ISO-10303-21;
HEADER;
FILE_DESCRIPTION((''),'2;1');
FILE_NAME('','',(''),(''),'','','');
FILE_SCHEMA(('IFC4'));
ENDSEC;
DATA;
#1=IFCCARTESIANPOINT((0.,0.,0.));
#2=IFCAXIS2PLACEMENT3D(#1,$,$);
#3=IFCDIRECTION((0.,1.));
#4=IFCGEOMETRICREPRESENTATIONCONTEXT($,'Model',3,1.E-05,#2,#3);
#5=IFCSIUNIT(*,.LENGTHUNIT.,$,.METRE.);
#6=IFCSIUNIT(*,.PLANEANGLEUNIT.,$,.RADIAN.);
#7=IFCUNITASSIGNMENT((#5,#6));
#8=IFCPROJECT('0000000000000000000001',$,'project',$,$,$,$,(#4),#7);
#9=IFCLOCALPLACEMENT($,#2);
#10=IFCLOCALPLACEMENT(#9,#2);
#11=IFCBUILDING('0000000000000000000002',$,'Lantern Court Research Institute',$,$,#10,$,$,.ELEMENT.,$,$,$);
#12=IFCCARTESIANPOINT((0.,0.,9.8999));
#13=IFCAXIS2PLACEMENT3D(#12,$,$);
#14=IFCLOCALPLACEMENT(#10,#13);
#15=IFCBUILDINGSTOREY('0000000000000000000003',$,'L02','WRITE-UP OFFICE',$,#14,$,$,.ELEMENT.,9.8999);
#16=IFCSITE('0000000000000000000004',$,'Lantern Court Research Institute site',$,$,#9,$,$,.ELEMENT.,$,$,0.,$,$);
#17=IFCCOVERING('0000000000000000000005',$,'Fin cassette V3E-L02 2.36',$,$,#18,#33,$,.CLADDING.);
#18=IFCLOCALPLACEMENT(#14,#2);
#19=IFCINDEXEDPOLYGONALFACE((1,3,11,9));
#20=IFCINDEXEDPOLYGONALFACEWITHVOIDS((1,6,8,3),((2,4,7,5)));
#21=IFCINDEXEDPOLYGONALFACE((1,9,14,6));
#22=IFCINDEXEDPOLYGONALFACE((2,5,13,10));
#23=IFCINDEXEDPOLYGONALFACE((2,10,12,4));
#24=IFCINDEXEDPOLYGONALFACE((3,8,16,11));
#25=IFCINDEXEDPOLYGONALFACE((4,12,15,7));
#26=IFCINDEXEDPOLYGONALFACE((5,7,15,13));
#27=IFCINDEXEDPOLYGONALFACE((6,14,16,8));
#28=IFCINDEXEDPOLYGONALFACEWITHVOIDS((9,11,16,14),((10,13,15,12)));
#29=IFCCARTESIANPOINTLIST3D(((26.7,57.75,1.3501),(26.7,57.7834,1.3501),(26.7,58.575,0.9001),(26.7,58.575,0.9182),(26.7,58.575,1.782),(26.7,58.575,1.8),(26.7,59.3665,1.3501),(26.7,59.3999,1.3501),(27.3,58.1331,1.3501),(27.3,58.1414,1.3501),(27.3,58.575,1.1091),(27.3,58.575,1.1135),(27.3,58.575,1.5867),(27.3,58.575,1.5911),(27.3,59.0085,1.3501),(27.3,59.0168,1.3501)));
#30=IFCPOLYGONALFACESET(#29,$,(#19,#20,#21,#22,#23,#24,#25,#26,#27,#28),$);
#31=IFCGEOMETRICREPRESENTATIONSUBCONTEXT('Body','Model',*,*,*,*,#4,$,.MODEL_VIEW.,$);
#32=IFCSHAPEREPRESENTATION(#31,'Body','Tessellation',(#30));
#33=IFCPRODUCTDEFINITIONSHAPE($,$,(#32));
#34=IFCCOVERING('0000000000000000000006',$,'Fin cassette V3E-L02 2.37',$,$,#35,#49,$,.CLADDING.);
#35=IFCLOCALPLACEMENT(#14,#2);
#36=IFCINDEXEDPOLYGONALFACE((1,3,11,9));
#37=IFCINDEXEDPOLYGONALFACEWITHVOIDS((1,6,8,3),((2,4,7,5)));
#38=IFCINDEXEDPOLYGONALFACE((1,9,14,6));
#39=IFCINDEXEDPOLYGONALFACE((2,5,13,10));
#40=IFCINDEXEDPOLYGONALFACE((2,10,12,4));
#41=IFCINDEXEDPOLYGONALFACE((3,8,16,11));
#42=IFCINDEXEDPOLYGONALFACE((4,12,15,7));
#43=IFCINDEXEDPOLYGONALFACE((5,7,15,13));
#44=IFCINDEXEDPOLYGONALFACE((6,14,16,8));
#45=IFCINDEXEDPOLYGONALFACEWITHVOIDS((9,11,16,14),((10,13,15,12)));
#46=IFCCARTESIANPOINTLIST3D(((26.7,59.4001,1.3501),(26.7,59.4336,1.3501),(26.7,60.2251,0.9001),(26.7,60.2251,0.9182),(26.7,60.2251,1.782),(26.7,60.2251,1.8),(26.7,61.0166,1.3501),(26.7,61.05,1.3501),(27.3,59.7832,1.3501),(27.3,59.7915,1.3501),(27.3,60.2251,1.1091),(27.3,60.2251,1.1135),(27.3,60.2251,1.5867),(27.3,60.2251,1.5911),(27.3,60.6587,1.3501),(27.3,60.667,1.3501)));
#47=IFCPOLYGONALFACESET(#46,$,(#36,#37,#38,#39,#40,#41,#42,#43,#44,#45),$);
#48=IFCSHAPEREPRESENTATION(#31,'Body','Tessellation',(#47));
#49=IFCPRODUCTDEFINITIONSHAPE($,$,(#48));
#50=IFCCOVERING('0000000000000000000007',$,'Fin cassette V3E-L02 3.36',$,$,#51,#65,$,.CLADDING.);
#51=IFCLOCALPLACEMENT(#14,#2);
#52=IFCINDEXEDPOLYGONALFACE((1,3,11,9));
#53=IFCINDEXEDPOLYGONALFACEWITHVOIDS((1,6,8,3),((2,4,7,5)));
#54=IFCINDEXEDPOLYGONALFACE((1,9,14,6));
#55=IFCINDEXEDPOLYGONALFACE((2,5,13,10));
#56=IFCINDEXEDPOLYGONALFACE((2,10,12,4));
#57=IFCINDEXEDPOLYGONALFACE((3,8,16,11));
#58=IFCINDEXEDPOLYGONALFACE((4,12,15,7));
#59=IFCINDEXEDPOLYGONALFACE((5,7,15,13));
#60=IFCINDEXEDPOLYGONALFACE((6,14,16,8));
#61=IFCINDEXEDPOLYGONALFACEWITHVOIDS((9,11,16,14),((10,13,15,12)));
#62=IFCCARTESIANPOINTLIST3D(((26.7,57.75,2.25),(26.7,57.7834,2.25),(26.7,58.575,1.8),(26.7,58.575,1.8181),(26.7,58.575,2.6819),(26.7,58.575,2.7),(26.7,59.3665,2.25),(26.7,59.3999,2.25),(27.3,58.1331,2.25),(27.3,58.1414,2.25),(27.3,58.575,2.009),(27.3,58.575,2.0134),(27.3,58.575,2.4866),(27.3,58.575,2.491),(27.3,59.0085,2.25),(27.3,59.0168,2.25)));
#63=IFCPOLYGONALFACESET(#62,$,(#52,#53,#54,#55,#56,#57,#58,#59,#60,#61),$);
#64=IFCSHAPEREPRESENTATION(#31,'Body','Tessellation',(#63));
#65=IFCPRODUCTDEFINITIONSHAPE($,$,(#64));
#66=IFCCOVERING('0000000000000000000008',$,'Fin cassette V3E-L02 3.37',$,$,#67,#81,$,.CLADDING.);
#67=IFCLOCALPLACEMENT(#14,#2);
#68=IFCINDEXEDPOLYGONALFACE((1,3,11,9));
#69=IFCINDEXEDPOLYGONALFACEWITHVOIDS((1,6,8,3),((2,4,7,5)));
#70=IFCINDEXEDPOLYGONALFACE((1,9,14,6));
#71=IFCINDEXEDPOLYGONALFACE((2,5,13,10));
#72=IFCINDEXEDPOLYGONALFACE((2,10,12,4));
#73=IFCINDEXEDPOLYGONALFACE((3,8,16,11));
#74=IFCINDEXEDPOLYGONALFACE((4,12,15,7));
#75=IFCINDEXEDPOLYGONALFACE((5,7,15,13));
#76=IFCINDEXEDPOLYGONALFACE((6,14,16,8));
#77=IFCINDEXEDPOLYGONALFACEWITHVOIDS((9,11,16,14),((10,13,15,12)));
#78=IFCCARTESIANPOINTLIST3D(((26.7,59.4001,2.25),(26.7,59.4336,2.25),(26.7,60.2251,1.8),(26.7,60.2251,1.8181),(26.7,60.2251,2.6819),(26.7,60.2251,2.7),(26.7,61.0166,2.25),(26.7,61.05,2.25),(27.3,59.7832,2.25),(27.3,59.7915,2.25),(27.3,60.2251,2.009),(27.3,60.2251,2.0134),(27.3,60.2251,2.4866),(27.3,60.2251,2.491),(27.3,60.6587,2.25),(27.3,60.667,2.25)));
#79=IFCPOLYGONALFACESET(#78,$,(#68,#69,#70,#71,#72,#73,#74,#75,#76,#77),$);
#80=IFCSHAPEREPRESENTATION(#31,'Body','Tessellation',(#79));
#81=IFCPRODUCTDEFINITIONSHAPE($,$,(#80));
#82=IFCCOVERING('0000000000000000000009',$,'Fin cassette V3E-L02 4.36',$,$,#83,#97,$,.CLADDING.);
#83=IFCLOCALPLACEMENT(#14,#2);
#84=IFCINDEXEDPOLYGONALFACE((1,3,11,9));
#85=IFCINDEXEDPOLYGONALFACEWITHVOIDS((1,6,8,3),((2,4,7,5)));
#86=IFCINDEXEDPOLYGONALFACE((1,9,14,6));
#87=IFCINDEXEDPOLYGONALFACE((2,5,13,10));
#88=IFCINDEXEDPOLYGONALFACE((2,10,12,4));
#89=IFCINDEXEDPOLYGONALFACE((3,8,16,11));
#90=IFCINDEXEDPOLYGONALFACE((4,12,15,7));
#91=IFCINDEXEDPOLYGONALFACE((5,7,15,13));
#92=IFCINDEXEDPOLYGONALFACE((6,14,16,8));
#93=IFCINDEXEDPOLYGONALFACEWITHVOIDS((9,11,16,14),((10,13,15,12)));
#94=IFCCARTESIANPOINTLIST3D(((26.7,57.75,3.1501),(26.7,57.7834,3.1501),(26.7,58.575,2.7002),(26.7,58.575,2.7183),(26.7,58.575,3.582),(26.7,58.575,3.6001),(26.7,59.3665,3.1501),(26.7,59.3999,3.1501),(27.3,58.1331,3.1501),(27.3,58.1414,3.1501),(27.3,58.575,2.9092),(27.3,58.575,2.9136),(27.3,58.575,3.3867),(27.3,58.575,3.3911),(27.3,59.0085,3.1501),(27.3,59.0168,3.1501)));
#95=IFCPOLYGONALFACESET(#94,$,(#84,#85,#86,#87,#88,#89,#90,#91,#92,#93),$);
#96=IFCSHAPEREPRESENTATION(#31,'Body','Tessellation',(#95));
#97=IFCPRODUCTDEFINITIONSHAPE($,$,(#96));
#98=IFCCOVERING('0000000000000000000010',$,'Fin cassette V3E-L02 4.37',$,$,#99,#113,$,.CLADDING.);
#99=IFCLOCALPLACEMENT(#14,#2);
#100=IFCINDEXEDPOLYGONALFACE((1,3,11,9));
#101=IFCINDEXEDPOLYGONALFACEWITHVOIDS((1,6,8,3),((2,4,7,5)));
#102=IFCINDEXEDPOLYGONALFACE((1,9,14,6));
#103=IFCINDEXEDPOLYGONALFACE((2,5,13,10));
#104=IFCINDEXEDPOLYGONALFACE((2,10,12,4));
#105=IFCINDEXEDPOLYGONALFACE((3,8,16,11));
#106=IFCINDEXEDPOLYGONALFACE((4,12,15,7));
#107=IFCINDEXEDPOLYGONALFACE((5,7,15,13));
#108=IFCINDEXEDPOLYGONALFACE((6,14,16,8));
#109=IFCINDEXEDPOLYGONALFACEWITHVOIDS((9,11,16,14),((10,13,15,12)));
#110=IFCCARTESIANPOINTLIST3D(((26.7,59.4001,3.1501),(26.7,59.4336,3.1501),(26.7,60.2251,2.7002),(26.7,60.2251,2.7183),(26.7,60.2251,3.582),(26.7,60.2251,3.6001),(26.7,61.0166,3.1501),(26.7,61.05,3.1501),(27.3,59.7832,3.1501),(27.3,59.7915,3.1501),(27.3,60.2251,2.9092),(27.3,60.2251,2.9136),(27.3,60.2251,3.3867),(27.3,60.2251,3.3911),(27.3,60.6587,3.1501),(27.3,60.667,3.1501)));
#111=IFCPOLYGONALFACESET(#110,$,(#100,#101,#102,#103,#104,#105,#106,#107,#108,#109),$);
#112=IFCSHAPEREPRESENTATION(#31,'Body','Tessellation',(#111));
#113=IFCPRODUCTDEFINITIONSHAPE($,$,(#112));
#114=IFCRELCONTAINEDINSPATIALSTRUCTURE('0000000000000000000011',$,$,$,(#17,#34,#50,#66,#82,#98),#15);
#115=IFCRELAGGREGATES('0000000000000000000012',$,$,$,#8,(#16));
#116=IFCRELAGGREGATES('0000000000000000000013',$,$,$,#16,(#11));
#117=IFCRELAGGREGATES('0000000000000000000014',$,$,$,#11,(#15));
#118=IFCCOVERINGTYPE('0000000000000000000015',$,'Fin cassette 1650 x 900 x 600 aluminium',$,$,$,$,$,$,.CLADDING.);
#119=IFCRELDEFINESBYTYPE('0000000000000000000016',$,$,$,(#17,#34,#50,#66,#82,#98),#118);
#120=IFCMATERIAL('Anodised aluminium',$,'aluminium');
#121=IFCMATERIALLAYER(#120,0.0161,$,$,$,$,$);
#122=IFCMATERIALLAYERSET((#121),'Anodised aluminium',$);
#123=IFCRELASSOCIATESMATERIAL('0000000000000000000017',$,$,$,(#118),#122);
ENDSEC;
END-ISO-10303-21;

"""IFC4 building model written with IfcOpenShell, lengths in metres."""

from ifc_helpers import new_model, entity, si_unit, direction, frame, origin, place, context, subcontext, project, spatial, material, layer, layer_set, type_object, element, save


model = new_model("IFC4")

# Units and contexts
model_context = context("Model", 3, precision=1e-05, world=origin(), true_north=direction((0.0, 1.0)))
body_context = subcontext(model_context, "Body", "Model", "MODEL_VIEW")
ifc_project = project(units=[si_unit("LENGTHUNIT", "METRE"), si_unit("PLANEANGLEUNIT", "RADIAN")], contexts=[model_context])

# Site, building, storey
site_placement = place(None, origin())
site = spatial("IfcSite", under=ifc_project, at=site_placement, Name="Lantern Court Research Institute site", CompositionType="ELEMENT", RefElevation=0.0)
building_placement = place(site_placement, origin())
building = spatial("IfcBuilding", under=site, at=building_placement, Name="Lantern Court Research Institute", CompositionType="ELEMENT")
storey_placement = place(building_placement, frame((0.0, 0.0, 9.8999)))
storey = spatial("IfcBuildingStorey", under=building, at=storey_placement, Name="L02", Description="WRITE-UP OFFICE", CompositionType="ELEMENT", Elevation=9.8999)

# Coverings
ifc_material_1 = material(Name="Anodised aluminium", Category="aluminium")
ifc_layer_1 = layer(ifc_material_1, 0.0161)
ifc_layer_set_1 = layer_set([ifc_layer_1], Name="Anodised aluminium")
covering_type_1 = type_object("IfcCoveringType", Name="Fin cassette 1650 x 900 x 600 aluminium", PredefinedType="CLADDING", material=ifc_layer_set_1)
covering_1_placement = place(storey_placement, frame((26.7, 58.575, 1.3501), z_axis=(1.0, 0.0, 0.0), x_axis=(0.0, 1.0, 0.0)))
cartesian_point_1 = entity("IfcCartesianPoint", [0.825, 0.0])
cartesian_point_2 = entity("IfcCartesianPoint", [0.7915, 0.0])
cartesian_point_3 = entity("IfcCartesianPoint", [0.4419, 0.0])
cartesian_point_4 = entity("IfcCartesianPoint", [0.4336, 0.0])
element("IfcCovering", 1, at=covering_1_placement, inside=storey, type_object=covering_type_1, Name="Fin cassette V3E-L02 2.36", PredefinedType="CLADDING", context=body_context, shape_type="SweptSolid", body=[
    entity("IfcExtrudedAreaSolidTapered", entity("IfcArbitraryProfileDefWithVoids", "AREA", None, entity("IfcPolyline", [cartesian_point_1, entity("IfcCartesianPoint", [0.0, 0.45]), entity("IfcCartesianPoint", [-0.825, 0.0]), entity("IfcCartesianPoint", [0.0, -0.45]), cartesian_point_1]), [entity("IfcPolyline", [cartesian_point_2, entity("IfcCartesianPoint", [0.0, 0.4319]), entity("IfcCartesianPoint", [-0.7915, 0.0]), entity("IfcCartesianPoint", [0.0, -0.4319]), cartesian_point_2])]), entity("IfcAxis2Placement3D", entity("IfcCartesianPoint", [0.0, 0.0, 0.0])), entity("IfcDirection", [0.0, 0.0, 1.0]), 0.6001, entity("IfcArbitraryProfileDefWithVoids", "AREA", None, entity("IfcPolyline", [cartesian_point_3, entity("IfcCartesianPoint", [0.0, 0.241]), entity("IfcCartesianPoint", [-0.4419, 0.0]), entity("IfcCartesianPoint", [0.0, -0.241]), cartesian_point_3]), [entity("IfcPolyline", [cartesian_point_4, entity("IfcCartesianPoint", [0.0, 0.2366]), entity("IfcCartesianPoint", [-0.4336, 0.0]), entity("IfcCartesianPoint", [0.0, -0.2366]), cartesian_point_4])])),
])
covering_2_placement = place(storey_placement, frame((26.7, 60.2251, 1.3501), z_axis=(1.0, 0.0, 0.0), x_axis=(0.0, 1.0, 0.0)))
cartesian_point_5 = entity("IfcCartesianPoint", [0.825, 0.0])
cartesian_point_6 = entity("IfcCartesianPoint", [0.7915, 0.0])
cartesian_point_7 = entity("IfcCartesianPoint", [0.4419, 0.0])
cartesian_point_8 = entity("IfcCartesianPoint", [0.4336, 0.0])
element("IfcCovering", 2, at=covering_2_placement, inside=storey, type_object=covering_type_1, Name="Fin cassette V3E-L02 2.37", PredefinedType="CLADDING", context=body_context, shape_type="SweptSolid", body=[
    entity("IfcExtrudedAreaSolidTapered", entity("IfcArbitraryProfileDefWithVoids", "AREA", None, entity("IfcPolyline", [cartesian_point_5, entity("IfcCartesianPoint", [0.0, 0.45]), entity("IfcCartesianPoint", [-0.825, 0.0]), entity("IfcCartesianPoint", [0.0, -0.45]), cartesian_point_5]), [entity("IfcPolyline", [cartesian_point_6, entity("IfcCartesianPoint", [0.0, 0.4319]), entity("IfcCartesianPoint", [-0.7915, 0.0]), entity("IfcCartesianPoint", [0.0, -0.4319]), cartesian_point_6])]), entity("IfcAxis2Placement3D", entity("IfcCartesianPoint", [0.0, 0.0, 0.0])), entity("IfcDirection", [0.0, 0.0, 1.0]), 0.6001, entity("IfcArbitraryProfileDefWithVoids", "AREA", None, entity("IfcPolyline", [cartesian_point_7, entity("IfcCartesianPoint", [0.0, 0.241]), entity("IfcCartesianPoint", [-0.4419, 0.0]), entity("IfcCartesianPoint", [0.0, -0.241]), cartesian_point_7]), [entity("IfcPolyline", [cartesian_point_8, entity("IfcCartesianPoint", [0.0, 0.2366]), entity("IfcCartesianPoint", [-0.4336, 0.0]), entity("IfcCartesianPoint", [0.0, -0.2366]), cartesian_point_8])])),
])
covering_3_placement = place(storey_placement, frame((26.7, 58.575, 2.25), z_axis=(1.0, 0.0, 0.0), x_axis=(0.0, 1.0, 0.0)))
cartesian_point_9 = entity("IfcCartesianPoint", [0.825, 0.0])
cartesian_point_10 = entity("IfcCartesianPoint", [0.7915, 0.0])
cartesian_point_11 = entity("IfcCartesianPoint", [0.4419, 0.0])
cartesian_point_12 = entity("IfcCartesianPoint", [0.4336, 0.0])
element("IfcCovering", 3, at=covering_3_placement, inside=storey, type_object=covering_type_1, Name="Fin cassette V3E-L02 3.36", PredefinedType="CLADDING", context=body_context, shape_type="SweptSolid", body=[
    entity("IfcExtrudedAreaSolidTapered", entity("IfcArbitraryProfileDefWithVoids", "AREA", None, entity("IfcPolyline", [cartesian_point_9, entity("IfcCartesianPoint", [0.0, 0.45]), entity("IfcCartesianPoint", [-0.825, 0.0]), entity("IfcCartesianPoint", [0.0, -0.45]), cartesian_point_9]), [entity("IfcPolyline", [cartesian_point_10, entity("IfcCartesianPoint", [0.0, 0.4319]), entity("IfcCartesianPoint", [-0.7915, 0.0]), entity("IfcCartesianPoint", [0.0, -0.4319]), cartesian_point_10])]), entity("IfcAxis2Placement3D", entity("IfcCartesianPoint", [0.0, 0.0, 0.0])), entity("IfcDirection", [0.0, 0.0, 1.0]), 0.6001, entity("IfcArbitraryProfileDefWithVoids", "AREA", None, entity("IfcPolyline", [cartesian_point_11, entity("IfcCartesianPoint", [0.0, 0.241]), entity("IfcCartesianPoint", [-0.4419, 0.0]), entity("IfcCartesianPoint", [0.0, -0.241]), cartesian_point_11]), [entity("IfcPolyline", [cartesian_point_12, entity("IfcCartesianPoint", [0.0, 0.2366]), entity("IfcCartesianPoint", [-0.4336, 0.0]), entity("IfcCartesianPoint", [0.0, -0.2366]), cartesian_point_12])])),
])
covering_4_placement = place(storey_placement, frame((26.7, 60.2251, 2.25), z_axis=(1.0, 0.0, 0.0), x_axis=(0.0, 1.0, 0.0)))
cartesian_point_13 = entity("IfcCartesianPoint", [0.825, 0.0])
cartesian_point_14 = entity("IfcCartesianPoint", [0.7915, 0.0])
cartesian_point_15 = entity("IfcCartesianPoint", [0.4419, 0.0])
cartesian_point_16 = entity("IfcCartesianPoint", [0.4336, 0.0])
element("IfcCovering", 4, at=covering_4_placement, inside=storey, type_object=covering_type_1, Name="Fin cassette V3E-L02 3.37", PredefinedType="CLADDING", context=body_context, shape_type="SweptSolid", body=[
    entity("IfcExtrudedAreaSolidTapered", entity("IfcArbitraryProfileDefWithVoids", "AREA", None, entity("IfcPolyline", [cartesian_point_13, entity("IfcCartesianPoint", [0.0, 0.45]), entity("IfcCartesianPoint", [-0.825, 0.0]), entity("IfcCartesianPoint", [0.0, -0.45]), cartesian_point_13]), [entity("IfcPolyline", [cartesian_point_14, entity("IfcCartesianPoint", [0.0, 0.4319]), entity("IfcCartesianPoint", [-0.7915, 0.0]), entity("IfcCartesianPoint", [0.0, -0.4319]), cartesian_point_14])]), entity("IfcAxis2Placement3D", entity("IfcCartesianPoint", [0.0, 0.0, 0.0])), entity("IfcDirection", [0.0, 0.0, 1.0]), 0.6001, entity("IfcArbitraryProfileDefWithVoids", "AREA", None, entity("IfcPolyline", [cartesian_point_15, entity("IfcCartesianPoint", [0.0, 0.241]), entity("IfcCartesianPoint", [-0.4419, 0.0]), entity("IfcCartesianPoint", [0.0, -0.241]), cartesian_point_15]), [entity("IfcPolyline", [cartesian_point_16, entity("IfcCartesianPoint", [0.0, 0.2366]), entity("IfcCartesianPoint", [-0.4336, 0.0]), entity("IfcCartesianPoint", [0.0, -0.2366]), cartesian_point_16])])),
])
covering_5_placement = place(storey_placement, frame((26.7, 58.575, 3.1501), z_axis=(1.0, 0.0, 0.0), x_axis=(0.0, 1.0, 0.0)))
cartesian_point_17 = entity("IfcCartesianPoint", [0.825, 0.0])
cartesian_point_18 = entity("IfcCartesianPoint", [0.7915, 0.0])
cartesian_point_19 = entity("IfcCartesianPoint", [0.4419, 0.0])
cartesian_point_20 = entity("IfcCartesianPoint", [0.4336, 0.0])
element("IfcCovering", 5, at=covering_5_placement, inside=storey, type_object=covering_type_1, Name="Fin cassette V3E-L02 4.36", PredefinedType="CLADDING", context=body_context, shape_type="SweptSolid", body=[
    entity("IfcExtrudedAreaSolidTapered", entity("IfcArbitraryProfileDefWithVoids", "AREA", None, entity("IfcPolyline", [cartesian_point_17, entity("IfcCartesianPoint", [0.0, 0.45]), entity("IfcCartesianPoint", [-0.825, 0.0]), entity("IfcCartesianPoint", [0.0, -0.45]), cartesian_point_17]), [entity("IfcPolyline", [cartesian_point_18, entity("IfcCartesianPoint", [0.0, 0.4319]), entity("IfcCartesianPoint", [-0.7915, 0.0]), entity("IfcCartesianPoint", [0.0, -0.4319]), cartesian_point_18])]), entity("IfcAxis2Placement3D", entity("IfcCartesianPoint", [0.0, 0.0, 0.0])), entity("IfcDirection", [0.0, 0.0, 1.0]), 0.6001, entity("IfcArbitraryProfileDefWithVoids", "AREA", None, entity("IfcPolyline", [cartesian_point_19, entity("IfcCartesianPoint", [0.0, 0.241]), entity("IfcCartesianPoint", [-0.4419, 0.0]), entity("IfcCartesianPoint", [0.0, -0.241]), cartesian_point_19]), [entity("IfcPolyline", [cartesian_point_20, entity("IfcCartesianPoint", [0.0, 0.2366]), entity("IfcCartesianPoint", [-0.4336, 0.0]), entity("IfcCartesianPoint", [0.0, -0.2366]), cartesian_point_20])])),
])
covering_6_placement = place(storey_placement, frame((26.7, 60.2251, 3.1501), z_axis=(1.0, 0.0, 0.0), x_axis=(0.0, 1.0, 0.0)))
cartesian_point_21 = entity("IfcCartesianPoint", [0.825, 0.0])
cartesian_point_22 = entity("IfcCartesianPoint", [0.7915, 0.0])
cartesian_point_23 = entity("IfcCartesianPoint", [0.4419, 0.0])
cartesian_point_24 = entity("IfcCartesianPoint", [0.4336, 0.0])
element("IfcCovering", 6, at=covering_6_placement, inside=storey, type_object=covering_type_1, Name="Fin cassette V3E-L02 4.37", PredefinedType="CLADDING", context=body_context, shape_type="SweptSolid", body=[
    entity("IfcExtrudedAreaSolidTapered", entity("IfcArbitraryProfileDefWithVoids", "AREA", None, entity("IfcPolyline", [cartesian_point_21, entity("IfcCartesianPoint", [0.0, 0.45]), entity("IfcCartesianPoint", [-0.825, 0.0]), entity("IfcCartesianPoint", [0.0, -0.45]), cartesian_point_21]), [entity("IfcPolyline", [cartesian_point_22, entity("IfcCartesianPoint", [0.0, 0.4319]), entity("IfcCartesianPoint", [-0.7915, 0.0]), entity("IfcCartesianPoint", [0.0, -0.4319]), cartesian_point_22])]), entity("IfcAxis2Placement3D", entity("IfcCartesianPoint", [0.0, 0.0, 0.0])), entity("IfcDirection", [0.0, 0.0, 1.0]), 0.6001, entity("IfcArbitraryProfileDefWithVoids", "AREA", None, entity("IfcPolyline", [cartesian_point_23, entity("IfcCartesianPoint", [0.0, 0.241]), entity("IfcCartesianPoint", [-0.4419, 0.0]), entity("IfcCartesianPoint", [0.0, -0.241]), cartesian_point_23]), [entity("IfcPolyline", [cartesian_point_24, entity("IfcCartesianPoint", [0.0, 0.2366]), entity("IfcCartesianPoint", [-0.4336, 0.0]), entity("IfcCartesianPoint", [0.0, -0.2366]), cartesian_point_24])])),
])

save(model, "model.ifc")
